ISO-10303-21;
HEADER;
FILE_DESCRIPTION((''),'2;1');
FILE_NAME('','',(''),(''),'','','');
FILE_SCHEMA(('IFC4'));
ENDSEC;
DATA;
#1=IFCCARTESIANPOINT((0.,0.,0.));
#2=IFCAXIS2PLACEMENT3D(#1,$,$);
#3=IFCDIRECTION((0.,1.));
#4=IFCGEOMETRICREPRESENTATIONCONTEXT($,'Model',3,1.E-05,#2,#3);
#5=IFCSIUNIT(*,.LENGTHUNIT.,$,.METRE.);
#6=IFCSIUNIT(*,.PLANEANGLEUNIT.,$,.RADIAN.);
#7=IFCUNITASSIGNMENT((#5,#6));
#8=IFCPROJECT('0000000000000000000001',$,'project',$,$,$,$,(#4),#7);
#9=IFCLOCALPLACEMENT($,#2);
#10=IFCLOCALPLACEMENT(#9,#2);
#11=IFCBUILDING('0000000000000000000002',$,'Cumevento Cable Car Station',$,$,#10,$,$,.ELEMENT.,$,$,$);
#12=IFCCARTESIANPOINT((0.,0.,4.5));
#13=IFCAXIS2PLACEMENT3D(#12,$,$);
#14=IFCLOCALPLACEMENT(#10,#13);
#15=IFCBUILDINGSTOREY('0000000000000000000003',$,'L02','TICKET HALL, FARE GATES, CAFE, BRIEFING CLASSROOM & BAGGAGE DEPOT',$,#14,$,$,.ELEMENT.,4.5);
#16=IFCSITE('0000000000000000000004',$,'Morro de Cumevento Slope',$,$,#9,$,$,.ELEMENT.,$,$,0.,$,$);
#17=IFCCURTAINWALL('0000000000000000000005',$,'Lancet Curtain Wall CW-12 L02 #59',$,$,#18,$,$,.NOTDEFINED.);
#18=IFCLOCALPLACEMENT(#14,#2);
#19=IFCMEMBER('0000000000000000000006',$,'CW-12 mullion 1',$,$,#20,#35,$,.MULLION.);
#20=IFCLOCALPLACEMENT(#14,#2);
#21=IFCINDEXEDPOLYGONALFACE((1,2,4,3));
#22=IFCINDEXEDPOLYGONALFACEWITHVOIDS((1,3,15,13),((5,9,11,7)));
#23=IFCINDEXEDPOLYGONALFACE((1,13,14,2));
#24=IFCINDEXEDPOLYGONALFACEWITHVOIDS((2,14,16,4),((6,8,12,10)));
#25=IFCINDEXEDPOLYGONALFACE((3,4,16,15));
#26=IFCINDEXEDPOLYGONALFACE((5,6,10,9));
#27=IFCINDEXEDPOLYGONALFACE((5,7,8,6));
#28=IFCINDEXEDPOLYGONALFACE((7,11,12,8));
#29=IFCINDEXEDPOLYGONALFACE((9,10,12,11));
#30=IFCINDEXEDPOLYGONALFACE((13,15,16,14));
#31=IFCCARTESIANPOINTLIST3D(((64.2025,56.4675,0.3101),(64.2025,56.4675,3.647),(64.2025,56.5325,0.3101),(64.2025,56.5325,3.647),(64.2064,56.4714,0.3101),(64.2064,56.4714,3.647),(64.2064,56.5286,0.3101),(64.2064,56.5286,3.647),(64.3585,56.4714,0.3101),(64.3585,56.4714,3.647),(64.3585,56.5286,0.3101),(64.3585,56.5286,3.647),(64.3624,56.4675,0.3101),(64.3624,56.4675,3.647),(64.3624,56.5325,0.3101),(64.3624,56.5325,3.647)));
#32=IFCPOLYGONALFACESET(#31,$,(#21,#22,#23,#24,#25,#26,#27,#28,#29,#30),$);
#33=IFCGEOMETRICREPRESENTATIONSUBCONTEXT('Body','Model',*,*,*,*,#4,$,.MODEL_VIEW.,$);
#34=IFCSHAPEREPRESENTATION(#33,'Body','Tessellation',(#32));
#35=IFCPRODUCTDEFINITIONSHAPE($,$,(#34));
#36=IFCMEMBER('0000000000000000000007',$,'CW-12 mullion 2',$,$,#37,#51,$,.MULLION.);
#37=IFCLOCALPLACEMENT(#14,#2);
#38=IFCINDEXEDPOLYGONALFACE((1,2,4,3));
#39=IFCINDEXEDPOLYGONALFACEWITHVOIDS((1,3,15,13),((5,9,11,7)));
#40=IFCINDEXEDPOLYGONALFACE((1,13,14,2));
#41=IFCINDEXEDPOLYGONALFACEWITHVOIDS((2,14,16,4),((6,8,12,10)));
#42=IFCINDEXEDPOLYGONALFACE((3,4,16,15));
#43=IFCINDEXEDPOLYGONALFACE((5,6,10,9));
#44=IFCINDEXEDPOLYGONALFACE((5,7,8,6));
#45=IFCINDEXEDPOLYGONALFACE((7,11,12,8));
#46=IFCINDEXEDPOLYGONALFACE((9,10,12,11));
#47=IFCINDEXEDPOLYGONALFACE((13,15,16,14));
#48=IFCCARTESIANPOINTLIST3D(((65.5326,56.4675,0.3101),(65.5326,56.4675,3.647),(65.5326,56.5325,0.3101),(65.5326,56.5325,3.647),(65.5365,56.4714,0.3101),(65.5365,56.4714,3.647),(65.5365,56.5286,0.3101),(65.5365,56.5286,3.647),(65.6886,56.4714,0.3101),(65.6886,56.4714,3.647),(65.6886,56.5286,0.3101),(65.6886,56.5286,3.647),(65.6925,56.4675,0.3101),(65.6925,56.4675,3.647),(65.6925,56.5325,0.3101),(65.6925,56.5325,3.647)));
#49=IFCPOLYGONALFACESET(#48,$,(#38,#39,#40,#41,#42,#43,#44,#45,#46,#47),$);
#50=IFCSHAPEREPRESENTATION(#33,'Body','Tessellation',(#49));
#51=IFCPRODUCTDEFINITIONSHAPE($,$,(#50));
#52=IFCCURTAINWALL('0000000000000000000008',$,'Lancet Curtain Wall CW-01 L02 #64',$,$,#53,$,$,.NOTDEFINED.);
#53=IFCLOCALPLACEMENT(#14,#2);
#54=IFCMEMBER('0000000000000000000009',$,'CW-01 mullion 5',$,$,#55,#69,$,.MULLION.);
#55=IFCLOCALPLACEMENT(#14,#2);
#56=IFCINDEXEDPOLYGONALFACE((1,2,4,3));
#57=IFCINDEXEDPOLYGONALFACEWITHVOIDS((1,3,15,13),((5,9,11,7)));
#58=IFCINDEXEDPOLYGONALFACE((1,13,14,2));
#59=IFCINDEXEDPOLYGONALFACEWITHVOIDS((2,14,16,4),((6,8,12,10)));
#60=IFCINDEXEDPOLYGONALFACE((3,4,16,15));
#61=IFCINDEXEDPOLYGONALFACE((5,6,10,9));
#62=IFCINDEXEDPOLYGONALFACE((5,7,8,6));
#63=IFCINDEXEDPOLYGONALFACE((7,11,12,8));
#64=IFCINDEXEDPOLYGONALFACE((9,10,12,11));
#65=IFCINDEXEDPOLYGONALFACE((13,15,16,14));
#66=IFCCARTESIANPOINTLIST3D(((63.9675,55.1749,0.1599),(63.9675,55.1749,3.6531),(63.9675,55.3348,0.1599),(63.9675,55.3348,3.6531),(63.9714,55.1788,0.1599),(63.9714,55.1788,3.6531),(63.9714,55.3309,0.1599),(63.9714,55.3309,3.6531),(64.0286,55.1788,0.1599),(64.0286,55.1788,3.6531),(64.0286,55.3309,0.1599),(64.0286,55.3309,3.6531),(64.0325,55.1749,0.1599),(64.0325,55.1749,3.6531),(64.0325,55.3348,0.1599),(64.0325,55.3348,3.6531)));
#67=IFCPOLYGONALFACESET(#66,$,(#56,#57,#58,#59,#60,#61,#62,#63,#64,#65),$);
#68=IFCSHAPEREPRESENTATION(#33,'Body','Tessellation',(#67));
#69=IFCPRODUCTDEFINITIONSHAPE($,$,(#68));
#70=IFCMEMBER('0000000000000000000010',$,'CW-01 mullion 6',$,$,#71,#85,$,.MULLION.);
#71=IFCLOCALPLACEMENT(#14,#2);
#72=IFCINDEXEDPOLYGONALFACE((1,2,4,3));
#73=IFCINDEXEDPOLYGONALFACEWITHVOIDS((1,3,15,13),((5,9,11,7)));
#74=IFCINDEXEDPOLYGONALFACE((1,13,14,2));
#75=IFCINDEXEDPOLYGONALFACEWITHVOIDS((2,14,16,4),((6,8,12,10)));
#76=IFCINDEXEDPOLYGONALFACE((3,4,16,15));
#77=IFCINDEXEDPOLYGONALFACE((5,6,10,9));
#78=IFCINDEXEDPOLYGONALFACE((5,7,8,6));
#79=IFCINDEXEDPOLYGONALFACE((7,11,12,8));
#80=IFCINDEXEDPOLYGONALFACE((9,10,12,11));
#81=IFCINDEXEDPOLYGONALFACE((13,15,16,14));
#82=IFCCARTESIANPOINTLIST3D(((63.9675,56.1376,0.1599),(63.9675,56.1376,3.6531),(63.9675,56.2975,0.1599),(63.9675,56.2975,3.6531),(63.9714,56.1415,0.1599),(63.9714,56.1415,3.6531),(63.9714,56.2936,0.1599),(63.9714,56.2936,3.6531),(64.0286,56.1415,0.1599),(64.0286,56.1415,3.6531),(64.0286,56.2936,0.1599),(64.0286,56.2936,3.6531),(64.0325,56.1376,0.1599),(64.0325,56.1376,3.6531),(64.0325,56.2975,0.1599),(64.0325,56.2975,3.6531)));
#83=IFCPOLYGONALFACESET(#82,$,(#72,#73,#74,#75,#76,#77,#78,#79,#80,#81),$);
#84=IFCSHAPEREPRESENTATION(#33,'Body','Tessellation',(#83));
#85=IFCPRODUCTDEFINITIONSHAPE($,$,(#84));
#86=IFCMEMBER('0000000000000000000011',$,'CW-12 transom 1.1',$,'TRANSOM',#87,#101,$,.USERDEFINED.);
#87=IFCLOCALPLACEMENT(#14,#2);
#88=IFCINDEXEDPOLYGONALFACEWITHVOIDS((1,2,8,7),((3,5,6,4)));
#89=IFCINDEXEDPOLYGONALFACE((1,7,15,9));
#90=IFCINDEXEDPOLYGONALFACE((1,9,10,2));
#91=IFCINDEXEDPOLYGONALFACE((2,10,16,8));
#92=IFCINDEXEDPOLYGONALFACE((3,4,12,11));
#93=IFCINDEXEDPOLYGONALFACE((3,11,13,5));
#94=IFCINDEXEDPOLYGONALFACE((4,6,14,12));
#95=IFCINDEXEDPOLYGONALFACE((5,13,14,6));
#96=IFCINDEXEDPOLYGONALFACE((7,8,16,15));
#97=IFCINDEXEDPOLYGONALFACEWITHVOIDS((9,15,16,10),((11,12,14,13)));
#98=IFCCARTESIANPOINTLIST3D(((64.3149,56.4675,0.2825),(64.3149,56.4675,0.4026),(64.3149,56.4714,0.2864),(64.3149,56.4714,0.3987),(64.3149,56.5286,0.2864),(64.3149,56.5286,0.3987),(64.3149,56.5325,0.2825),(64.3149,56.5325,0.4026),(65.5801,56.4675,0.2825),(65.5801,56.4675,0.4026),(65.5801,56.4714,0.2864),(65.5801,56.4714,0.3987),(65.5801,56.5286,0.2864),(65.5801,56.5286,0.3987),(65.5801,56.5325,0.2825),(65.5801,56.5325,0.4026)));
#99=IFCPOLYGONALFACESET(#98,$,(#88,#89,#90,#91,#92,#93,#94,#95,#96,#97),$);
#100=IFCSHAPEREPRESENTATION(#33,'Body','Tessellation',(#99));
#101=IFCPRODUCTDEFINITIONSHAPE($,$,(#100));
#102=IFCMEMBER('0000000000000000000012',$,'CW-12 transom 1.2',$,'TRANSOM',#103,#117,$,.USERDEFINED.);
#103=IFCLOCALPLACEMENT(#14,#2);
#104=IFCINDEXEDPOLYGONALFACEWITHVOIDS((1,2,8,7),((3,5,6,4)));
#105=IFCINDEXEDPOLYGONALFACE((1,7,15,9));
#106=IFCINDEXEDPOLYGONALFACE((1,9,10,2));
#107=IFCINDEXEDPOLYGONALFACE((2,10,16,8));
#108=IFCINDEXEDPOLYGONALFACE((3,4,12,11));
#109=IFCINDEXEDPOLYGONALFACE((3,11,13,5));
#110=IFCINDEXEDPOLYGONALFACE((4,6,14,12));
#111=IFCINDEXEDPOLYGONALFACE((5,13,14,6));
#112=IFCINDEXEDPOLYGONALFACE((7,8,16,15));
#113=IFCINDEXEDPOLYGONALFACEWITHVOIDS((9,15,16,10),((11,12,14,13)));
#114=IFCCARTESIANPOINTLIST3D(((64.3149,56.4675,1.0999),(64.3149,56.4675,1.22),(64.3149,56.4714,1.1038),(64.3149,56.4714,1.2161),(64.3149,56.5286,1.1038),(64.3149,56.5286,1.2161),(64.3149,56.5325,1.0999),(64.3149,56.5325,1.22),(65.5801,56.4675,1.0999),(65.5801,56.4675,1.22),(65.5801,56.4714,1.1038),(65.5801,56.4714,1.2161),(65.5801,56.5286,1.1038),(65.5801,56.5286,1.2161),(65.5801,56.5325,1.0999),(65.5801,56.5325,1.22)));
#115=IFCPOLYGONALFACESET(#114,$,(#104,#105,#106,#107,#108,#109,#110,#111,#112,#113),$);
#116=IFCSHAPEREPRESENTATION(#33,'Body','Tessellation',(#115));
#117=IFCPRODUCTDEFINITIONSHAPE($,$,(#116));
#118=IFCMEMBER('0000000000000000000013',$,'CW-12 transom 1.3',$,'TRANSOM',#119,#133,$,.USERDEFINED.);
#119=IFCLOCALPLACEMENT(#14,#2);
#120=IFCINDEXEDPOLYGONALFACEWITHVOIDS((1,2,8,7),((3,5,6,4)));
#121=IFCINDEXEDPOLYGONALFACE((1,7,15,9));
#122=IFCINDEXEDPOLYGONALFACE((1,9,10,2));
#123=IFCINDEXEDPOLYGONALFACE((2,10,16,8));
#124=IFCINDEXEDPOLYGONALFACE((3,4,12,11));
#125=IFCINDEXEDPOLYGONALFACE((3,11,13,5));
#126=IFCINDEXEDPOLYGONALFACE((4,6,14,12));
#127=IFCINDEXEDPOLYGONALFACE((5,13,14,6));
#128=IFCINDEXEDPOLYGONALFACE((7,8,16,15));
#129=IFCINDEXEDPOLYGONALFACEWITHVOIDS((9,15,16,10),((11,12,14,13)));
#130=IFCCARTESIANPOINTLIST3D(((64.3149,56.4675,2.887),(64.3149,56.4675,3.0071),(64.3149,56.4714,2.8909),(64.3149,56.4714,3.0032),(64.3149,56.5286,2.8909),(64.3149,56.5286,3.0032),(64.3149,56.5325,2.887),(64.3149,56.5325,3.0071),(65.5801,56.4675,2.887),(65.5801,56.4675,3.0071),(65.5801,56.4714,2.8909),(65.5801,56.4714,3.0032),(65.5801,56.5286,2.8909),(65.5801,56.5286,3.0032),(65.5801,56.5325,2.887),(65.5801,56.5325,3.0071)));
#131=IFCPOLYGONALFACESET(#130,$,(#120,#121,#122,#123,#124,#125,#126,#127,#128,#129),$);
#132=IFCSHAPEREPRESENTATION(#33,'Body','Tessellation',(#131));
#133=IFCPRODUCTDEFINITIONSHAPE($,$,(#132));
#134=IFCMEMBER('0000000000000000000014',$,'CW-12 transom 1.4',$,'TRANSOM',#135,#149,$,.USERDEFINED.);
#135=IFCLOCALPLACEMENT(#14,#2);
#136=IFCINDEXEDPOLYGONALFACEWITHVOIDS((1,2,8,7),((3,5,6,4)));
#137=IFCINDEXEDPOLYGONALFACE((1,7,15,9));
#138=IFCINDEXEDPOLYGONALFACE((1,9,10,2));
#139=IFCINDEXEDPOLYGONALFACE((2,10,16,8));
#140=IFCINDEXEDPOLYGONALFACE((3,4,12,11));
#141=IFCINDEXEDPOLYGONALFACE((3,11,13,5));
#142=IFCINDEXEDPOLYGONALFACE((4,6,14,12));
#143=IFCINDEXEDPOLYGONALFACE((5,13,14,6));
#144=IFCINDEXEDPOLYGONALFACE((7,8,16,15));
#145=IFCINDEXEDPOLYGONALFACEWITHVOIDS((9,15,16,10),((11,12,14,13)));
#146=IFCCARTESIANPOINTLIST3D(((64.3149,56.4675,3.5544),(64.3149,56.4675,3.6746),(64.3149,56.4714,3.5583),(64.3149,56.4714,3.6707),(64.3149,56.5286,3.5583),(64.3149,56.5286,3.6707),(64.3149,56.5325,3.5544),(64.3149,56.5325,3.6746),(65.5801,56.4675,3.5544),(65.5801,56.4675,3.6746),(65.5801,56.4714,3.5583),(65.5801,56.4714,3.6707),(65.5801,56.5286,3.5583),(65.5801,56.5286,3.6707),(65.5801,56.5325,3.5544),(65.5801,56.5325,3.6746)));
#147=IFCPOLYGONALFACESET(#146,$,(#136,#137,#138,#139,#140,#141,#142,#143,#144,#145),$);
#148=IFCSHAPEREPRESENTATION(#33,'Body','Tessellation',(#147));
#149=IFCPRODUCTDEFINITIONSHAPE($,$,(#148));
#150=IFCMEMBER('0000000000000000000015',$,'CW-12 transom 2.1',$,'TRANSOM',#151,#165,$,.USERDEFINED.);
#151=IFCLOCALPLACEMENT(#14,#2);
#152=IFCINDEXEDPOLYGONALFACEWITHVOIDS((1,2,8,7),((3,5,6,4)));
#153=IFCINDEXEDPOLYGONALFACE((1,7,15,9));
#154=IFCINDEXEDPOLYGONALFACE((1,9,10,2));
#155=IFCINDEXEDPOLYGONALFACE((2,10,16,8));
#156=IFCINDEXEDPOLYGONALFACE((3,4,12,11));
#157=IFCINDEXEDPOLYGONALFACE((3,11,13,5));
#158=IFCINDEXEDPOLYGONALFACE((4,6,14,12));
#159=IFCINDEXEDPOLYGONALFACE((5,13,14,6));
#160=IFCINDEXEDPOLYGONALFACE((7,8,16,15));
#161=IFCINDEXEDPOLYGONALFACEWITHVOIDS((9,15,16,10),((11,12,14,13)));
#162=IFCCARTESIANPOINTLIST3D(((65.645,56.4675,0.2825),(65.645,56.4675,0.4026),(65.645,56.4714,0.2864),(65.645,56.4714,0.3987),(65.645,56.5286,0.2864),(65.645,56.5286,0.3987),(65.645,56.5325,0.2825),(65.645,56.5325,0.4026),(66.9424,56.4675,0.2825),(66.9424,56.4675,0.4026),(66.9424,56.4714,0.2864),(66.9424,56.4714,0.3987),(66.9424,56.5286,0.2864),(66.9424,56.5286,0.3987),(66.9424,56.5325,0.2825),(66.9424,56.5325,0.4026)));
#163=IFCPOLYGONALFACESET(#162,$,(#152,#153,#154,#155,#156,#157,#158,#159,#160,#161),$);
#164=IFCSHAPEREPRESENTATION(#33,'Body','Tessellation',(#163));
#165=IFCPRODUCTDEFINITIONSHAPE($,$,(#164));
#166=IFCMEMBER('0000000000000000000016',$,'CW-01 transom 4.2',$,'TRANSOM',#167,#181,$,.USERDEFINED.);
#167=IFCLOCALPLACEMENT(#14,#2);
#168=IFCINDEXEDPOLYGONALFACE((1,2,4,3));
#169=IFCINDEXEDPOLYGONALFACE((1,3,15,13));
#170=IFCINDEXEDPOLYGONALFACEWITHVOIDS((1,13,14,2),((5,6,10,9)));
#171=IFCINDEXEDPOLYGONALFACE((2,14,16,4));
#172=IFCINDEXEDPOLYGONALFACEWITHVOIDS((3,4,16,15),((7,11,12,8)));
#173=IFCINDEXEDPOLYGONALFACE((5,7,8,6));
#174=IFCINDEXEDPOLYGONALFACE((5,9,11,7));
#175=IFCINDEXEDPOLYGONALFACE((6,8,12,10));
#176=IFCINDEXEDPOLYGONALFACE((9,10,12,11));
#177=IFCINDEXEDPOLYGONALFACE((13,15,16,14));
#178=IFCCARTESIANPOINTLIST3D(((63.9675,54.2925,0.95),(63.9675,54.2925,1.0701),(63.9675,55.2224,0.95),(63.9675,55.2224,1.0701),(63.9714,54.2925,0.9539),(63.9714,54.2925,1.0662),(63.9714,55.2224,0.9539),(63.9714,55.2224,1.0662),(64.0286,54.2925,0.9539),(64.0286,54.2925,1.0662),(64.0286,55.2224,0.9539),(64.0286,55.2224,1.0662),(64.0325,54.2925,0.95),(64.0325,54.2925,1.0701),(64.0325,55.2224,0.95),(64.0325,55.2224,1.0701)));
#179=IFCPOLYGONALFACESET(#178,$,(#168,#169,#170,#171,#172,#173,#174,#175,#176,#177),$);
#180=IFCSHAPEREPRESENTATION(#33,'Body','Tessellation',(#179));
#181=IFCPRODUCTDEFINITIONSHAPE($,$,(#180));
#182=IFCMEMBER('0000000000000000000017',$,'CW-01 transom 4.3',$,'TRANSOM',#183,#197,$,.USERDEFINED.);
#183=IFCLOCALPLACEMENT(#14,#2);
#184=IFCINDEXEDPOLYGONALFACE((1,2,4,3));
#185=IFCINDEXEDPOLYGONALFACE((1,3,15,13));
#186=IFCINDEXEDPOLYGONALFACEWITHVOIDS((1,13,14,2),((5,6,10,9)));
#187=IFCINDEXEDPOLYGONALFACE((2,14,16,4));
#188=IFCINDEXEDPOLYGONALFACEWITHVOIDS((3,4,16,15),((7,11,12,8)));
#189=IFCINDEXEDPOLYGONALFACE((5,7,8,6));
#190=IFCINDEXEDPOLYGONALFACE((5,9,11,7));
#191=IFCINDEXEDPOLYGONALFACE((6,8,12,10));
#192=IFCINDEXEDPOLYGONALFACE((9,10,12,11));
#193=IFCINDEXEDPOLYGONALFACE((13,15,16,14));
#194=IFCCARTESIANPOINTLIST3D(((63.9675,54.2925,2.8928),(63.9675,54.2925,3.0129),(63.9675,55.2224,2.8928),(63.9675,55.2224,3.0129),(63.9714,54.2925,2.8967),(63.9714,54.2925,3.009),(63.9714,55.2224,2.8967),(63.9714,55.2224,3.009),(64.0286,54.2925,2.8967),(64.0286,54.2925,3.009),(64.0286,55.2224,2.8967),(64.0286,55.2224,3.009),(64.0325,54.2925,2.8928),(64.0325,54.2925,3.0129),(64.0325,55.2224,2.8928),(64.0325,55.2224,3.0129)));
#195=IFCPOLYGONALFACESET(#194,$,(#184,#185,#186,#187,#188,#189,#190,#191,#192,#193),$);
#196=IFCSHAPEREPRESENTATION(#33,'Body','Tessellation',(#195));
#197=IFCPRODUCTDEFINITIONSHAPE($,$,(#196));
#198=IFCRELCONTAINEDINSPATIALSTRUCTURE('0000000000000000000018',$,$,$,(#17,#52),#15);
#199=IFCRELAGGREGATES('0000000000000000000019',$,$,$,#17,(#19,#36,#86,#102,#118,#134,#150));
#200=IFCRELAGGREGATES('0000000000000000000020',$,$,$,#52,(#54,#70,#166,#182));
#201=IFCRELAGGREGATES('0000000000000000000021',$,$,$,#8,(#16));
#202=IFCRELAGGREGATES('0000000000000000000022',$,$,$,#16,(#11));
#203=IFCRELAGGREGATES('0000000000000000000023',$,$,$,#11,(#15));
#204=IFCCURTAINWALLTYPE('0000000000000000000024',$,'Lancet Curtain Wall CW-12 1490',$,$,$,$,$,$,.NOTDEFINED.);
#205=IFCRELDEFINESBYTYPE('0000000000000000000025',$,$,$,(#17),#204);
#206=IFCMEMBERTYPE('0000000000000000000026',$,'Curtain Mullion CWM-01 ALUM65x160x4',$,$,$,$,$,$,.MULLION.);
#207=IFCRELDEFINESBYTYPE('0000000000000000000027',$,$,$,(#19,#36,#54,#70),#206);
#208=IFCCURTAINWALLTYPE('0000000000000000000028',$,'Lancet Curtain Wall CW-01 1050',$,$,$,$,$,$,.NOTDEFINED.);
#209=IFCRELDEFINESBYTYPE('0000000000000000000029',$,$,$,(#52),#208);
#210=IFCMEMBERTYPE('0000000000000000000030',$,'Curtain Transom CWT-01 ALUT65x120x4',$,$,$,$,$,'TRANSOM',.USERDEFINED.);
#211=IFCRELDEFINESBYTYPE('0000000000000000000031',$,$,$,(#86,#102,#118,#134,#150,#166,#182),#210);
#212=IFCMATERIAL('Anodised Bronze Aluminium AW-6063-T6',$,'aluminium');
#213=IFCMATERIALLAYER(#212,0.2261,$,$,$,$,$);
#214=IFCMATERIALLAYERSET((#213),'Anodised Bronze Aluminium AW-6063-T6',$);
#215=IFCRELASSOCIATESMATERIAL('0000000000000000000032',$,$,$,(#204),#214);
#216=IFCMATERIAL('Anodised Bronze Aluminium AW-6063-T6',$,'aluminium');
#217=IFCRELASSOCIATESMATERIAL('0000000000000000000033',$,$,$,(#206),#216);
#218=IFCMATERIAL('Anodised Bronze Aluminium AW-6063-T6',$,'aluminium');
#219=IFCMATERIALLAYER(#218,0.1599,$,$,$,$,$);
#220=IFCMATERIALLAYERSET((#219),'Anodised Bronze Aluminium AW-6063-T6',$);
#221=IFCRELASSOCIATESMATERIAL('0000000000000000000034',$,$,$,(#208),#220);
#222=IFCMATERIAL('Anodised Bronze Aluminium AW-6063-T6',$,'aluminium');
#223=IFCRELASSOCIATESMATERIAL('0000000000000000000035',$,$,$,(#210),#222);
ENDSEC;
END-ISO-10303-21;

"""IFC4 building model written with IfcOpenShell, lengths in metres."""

from ifc_helpers import new_model, si_unit, direction, frame, origin, origin_2d, place, context, subcontext, project, spatial, hollow_rectangle, extrude, material, layer, layer_set, material_profile, profile_set, type_object, element, aggregate, save


model = new_model("IFC4")

# Units and contexts
model_context = context("Model", 3, precision=1e-05, world=origin(), true_north=direction((0.0, 1.0)))
body_context = subcontext(model_context, "Body", "Model", "MODEL_VIEW")
ifc_project = project(units=[si_unit("LENGTHUNIT", "METRE"), si_unit("PLANEANGLEUNIT", "RADIAN")], contexts=[model_context])

# Site, building, storey
site_placement = place(None, origin())
site = spatial("IfcSite", under=ifc_project, at=site_placement, Name="Morro de Cumevento Slope", CompositionType="ELEMENT", RefElevation=0.0)
building_placement = place(site_placement, origin())
building = spatial("IfcBuilding", under=site, at=building_placement, Name="Cumevento Cable Car Station", CompositionType="ELEMENT")
storey_placement = place(building_placement, frame((0.0, 0.0, 4.5)))
storey = spatial("IfcBuildingStorey", under=building, at=storey_placement, Name="L02", Description="TICKET HALL, FARE GATES, CAFE, BRIEFING CLASSROOM & BAGGAGE DEPOT", CompositionType="ELEMENT", Elevation=4.5)

# Curtain walls, members
ifc_material_1 = material(Name="Anodised Bronze Aluminium AW-6063-T6", Category="aluminium")
ifc_layer_1 = layer(ifc_material_1, 0.2261)
ifc_layer_set_1 = layer_set([ifc_layer_1], Name="Anodised Bronze Aluminium AW-6063-T6")
curtain_wall_type_1 = type_object("IfcCurtainWallType", Name="Lancet Curtain Wall CW-12 1490", PredefinedType="NOTDEFINED", material=ifc_layer_set_1)
curtain_wall_1_placement = place(storey_placement, origin())
curtain_wall_1 = element("IfcCurtainWall", 1, at=curtain_wall_1_placement, inside=storey, type_object=curtain_wall_type_1, Name="Lancet Curtain Wall CW-12 L02 #59", PredefinedType="NOTDEFINED")
ifc_material_2 = material(Name="Anodised Bronze Aluminium AW-6063-T6", Category="aluminium")
ifc_material_profile_1 = material_profile(ifc_material_2, hollow_rectangle(XDim=0.0649, YDim=0.1599, WallThickness=0.0039, at=origin_2d()), Name="ALUM65x160x4")
ifc_profile_set_1 = profile_set([ifc_material_profile_1], Name="Anodised Bronze Aluminium AW-6063-T6")
member_type_1 = type_object("IfcMemberType", Name="Curtain Mullion CWM-01 ALUM65x160x4", PredefinedType="MULLION", material=ifc_profile_set_1)
member_1_placement = place(storey_placement, frame((64.2825, 56.5, 0.3101), z_axis=(0.0, 0.0, 1.0), x_axis=(0.0, 1.0, 0.0)))
member_1 = element("IfcMember", 2, at=member_1_placement, type_object=member_type_1, Name="CW-12 mullion 1", PredefinedType="MULLION", context=body_context, shape_type="SweptSolid", body=[
    extrude(hollow_rectangle(XDim=0.0649, YDim=0.1599, WallThickness=0.0039, at=origin_2d()), origin(), (0.0, 0.0, 1.0), 3.3369),
])
member_2_placement = place(storey_placement, frame((65.6125, 56.5, 0.3101), z_axis=(0.0, 0.0, 1.0), x_axis=(0.0, 1.0, 0.0)))
member_2 = element("IfcMember", 3, at=member_2_placement, type_object=member_type_1, Name="CW-12 mullion 2", PredefinedType="MULLION", context=body_context, shape_type="SweptSolid", body=[
    extrude(hollow_rectangle(XDim=0.0649, YDim=0.1599, WallThickness=0.0039, at=origin_2d()), origin(), (0.0, 0.0, 1.0), 3.3369),
])
ifc_material_3 = material(Name="Anodised Bronze Aluminium AW-6063-T6", Category="aluminium")
ifc_layer_2 = layer(ifc_material_3, 0.1599)
ifc_layer_set_2 = layer_set([ifc_layer_2], Name="Anodised Bronze Aluminium AW-6063-T6")
curtain_wall_type_2 = type_object("IfcCurtainWallType", Name="Lancet Curtain Wall CW-01 1050", PredefinedType="NOTDEFINED", material=ifc_layer_set_2)
curtain_wall_2_placement = place(storey_placement, origin())
curtain_wall_2 = element("IfcCurtainWall", 4, at=curtain_wall_2_placement, inside=storey, type_object=curtain_wall_type_2, Name="Lancet Curtain Wall CW-01 L02 #64", PredefinedType="NOTDEFINED")
member_3_placement = place(storey_placement, frame((64.0, 55.2549, 0.1599), z_axis=(0.0, 0.0, 1.0), x_axis=(-1.0, 0.0, 0.0)))
member_3 = element("IfcMember", 5, at=member_3_placement, type_object=member_type_1, Name="CW-01 mullion 5", PredefinedType="MULLION", context=body_context, shape_type="SweptSolid", body=[
    extrude(hollow_rectangle(XDim=0.0649, YDim=0.1599, WallThickness=0.0039, at=origin_2d()), origin(), (0.0, 0.0, 1.0), 3.4932),
])
member_4_placement = place(storey_placement, frame((64.0, 56.2175, 0.1599), z_axis=(0.0, 0.0, 1.0), x_axis=(-1.0, 0.0, 0.0)))
member_4 = element("IfcMember", 6, at=member_4_placement, type_object=member_type_1, Name="CW-01 mullion 6", PredefinedType="MULLION", context=body_context, shape_type="SweptSolid", body=[
    extrude(hollow_rectangle(XDim=0.0649, YDim=0.1599, WallThickness=0.0039, at=origin_2d()), origin(), (0.0, 0.0, 1.0), 3.4932),
])

# Members
ifc_material_4 = material(Name="Anodised Bronze Aluminium AW-6063-T6", Category="aluminium")
ifc_material_profile_2 = material_profile(ifc_material_4, hollow_rectangle(XDim=0.0649, YDim=0.1201, WallThickness=0.0039, at=origin_2d()), Name="ALUT65x120x4")
ifc_profile_set_2 = profile_set([ifc_material_profile_2], Name="Anodised Bronze Aluminium AW-6063-T6")
member_type_2 = type_object("IfcMemberType", Name="Curtain Transom CWT-01 ALUT65x120x4", ElementType="TRANSOM", PredefinedType="USERDEFINED", material=ifc_profile_set_2)
member_5_placement = place(storey_placement, frame((64.3149, 56.5, 0.3425), z_axis=(1.0, 0.0, 0.0), x_axis=(0.0, 1.0, 0.0)))
member_5 = element("IfcMember", 7, at=member_5_placement, type_object=member_type_2, Name="CW-12 transom 1.1", ObjectType="TRANSOM", PredefinedType="USERDEFINED", context=body_context, shape_type="SweptSolid", body=[
    extrude(hollow_rectangle(XDim=0.0649, YDim=0.1201, WallThickness=0.0039, at=origin_2d()), origin(), (0.0, 0.0, 1.0), 1.2651),
])
member_6_placement = place(storey_placement, frame((64.3149, 56.5, 1.1599), z_axis=(1.0, 0.0, 0.0), x_axis=(0.0, 1.0, 0.0)))
member_6 = element("IfcMember", 8, at=member_6_placement, type_object=member_type_2, Name="CW-12 transom 1.2", ObjectType="TRANSOM", PredefinedType="USERDEFINED", context=body_context, shape_type="SweptSolid", body=[
    extrude(hollow_rectangle(XDim=0.0649, YDim=0.1201, WallThickness=0.0039, at=origin_2d()), origin(), (0.0, 0.0, 1.0), 1.2651),
])
member_7_placement = place(storey_placement, frame((64.3149, 56.5, 2.947), z_axis=(1.0, 0.0, 0.0), x_axis=(0.0, 1.0, 0.0)))
member_7 = element("IfcMember", 9, at=member_7_placement, type_object=member_type_2, Name="CW-12 transom 1.3", ObjectType="TRANSOM", PredefinedType="USERDEFINED", context=body_context, shape_type="SweptSolid", body=[
    extrude(hollow_rectangle(XDim=0.0649, YDim=0.1201, WallThickness=0.0039, at=origin_2d()), origin(), (0.0, 0.0, 1.0), 1.2651),
])
member_8_placement = place(storey_placement, frame((64.3149, 56.5, 3.6145), z_axis=(1.0, 0.0, 0.0), x_axis=(0.0, 1.0, 0.0)))
member_8 = element("IfcMember", 10, at=member_8_placement, type_object=member_type_2, Name="CW-12 transom 1.4", ObjectType="TRANSOM", PredefinedType="USERDEFINED", context=body_context, shape_type="SweptSolid", body=[
    extrude(hollow_rectangle(XDim=0.0649, YDim=0.1201, WallThickness=0.0039, at=origin_2d()), origin(), (0.0, 0.0, 1.0), 1.2651),
])
member_9_placement = place(storey_placement, frame((65.645, 56.5, 0.3425), z_axis=(1.0, 0.0, 0.0), x_axis=(0.0, 1.0, 0.0)))
member_9 = element("IfcMember", 11, at=member_9_placement, type_object=member_type_2, Name="CW-12 transom 2.1", ObjectType="TRANSOM", PredefinedType="USERDEFINED", context=body_context, shape_type="SweptSolid", body=[
    extrude(hollow_rectangle(XDim=0.0649, YDim=0.1201, WallThickness=0.0039, at=origin_2d()), origin(), (0.0, 0.0, 1.0), 1.2974),
])
member_10_placement = place(storey_placement, frame((64.0, 54.2925, 1.01), z_axis=(0.0, 1.0, 0.0), x_axis=(-1.0, 0.0, 0.0)))
member_10 = element("IfcMember", 12, at=member_10_placement, type_object=member_type_2, Name="CW-01 transom 4.2", ObjectType="TRANSOM", PredefinedType="USERDEFINED", context=body_context, shape_type="SweptSolid", body=[
    extrude(hollow_rectangle(XDim=0.0649, YDim=0.1201, WallThickness=0.0039, at=origin_2d()), origin(), (0.0, 0.0, 1.0), 0.9299),
])
member_11_placement = place(storey_placement, frame((64.0, 54.2925, 2.9529), z_axis=(0.0, 1.0, 0.0), x_axis=(-1.0, 0.0, 0.0)))
member_11 = element("IfcMember", 13, at=member_11_placement, type_object=member_type_2, Name="CW-01 transom 4.3", ObjectType="TRANSOM", PredefinedType="USERDEFINED", context=body_context, shape_type="SweptSolid", body=[
    extrude(hollow_rectangle(XDim=0.0649, YDim=0.1201, WallThickness=0.0039, at=origin_2d()), origin(), (0.0, 0.0, 1.0), 0.9299),
])

aggregate(curtain_wall_1, [member_1, member_2, member_5, member_6, member_7, member_8, member_9])
aggregate(curtain_wall_2, [member_3, member_4, member_10, member_11])

save(model, "model.ifc")
